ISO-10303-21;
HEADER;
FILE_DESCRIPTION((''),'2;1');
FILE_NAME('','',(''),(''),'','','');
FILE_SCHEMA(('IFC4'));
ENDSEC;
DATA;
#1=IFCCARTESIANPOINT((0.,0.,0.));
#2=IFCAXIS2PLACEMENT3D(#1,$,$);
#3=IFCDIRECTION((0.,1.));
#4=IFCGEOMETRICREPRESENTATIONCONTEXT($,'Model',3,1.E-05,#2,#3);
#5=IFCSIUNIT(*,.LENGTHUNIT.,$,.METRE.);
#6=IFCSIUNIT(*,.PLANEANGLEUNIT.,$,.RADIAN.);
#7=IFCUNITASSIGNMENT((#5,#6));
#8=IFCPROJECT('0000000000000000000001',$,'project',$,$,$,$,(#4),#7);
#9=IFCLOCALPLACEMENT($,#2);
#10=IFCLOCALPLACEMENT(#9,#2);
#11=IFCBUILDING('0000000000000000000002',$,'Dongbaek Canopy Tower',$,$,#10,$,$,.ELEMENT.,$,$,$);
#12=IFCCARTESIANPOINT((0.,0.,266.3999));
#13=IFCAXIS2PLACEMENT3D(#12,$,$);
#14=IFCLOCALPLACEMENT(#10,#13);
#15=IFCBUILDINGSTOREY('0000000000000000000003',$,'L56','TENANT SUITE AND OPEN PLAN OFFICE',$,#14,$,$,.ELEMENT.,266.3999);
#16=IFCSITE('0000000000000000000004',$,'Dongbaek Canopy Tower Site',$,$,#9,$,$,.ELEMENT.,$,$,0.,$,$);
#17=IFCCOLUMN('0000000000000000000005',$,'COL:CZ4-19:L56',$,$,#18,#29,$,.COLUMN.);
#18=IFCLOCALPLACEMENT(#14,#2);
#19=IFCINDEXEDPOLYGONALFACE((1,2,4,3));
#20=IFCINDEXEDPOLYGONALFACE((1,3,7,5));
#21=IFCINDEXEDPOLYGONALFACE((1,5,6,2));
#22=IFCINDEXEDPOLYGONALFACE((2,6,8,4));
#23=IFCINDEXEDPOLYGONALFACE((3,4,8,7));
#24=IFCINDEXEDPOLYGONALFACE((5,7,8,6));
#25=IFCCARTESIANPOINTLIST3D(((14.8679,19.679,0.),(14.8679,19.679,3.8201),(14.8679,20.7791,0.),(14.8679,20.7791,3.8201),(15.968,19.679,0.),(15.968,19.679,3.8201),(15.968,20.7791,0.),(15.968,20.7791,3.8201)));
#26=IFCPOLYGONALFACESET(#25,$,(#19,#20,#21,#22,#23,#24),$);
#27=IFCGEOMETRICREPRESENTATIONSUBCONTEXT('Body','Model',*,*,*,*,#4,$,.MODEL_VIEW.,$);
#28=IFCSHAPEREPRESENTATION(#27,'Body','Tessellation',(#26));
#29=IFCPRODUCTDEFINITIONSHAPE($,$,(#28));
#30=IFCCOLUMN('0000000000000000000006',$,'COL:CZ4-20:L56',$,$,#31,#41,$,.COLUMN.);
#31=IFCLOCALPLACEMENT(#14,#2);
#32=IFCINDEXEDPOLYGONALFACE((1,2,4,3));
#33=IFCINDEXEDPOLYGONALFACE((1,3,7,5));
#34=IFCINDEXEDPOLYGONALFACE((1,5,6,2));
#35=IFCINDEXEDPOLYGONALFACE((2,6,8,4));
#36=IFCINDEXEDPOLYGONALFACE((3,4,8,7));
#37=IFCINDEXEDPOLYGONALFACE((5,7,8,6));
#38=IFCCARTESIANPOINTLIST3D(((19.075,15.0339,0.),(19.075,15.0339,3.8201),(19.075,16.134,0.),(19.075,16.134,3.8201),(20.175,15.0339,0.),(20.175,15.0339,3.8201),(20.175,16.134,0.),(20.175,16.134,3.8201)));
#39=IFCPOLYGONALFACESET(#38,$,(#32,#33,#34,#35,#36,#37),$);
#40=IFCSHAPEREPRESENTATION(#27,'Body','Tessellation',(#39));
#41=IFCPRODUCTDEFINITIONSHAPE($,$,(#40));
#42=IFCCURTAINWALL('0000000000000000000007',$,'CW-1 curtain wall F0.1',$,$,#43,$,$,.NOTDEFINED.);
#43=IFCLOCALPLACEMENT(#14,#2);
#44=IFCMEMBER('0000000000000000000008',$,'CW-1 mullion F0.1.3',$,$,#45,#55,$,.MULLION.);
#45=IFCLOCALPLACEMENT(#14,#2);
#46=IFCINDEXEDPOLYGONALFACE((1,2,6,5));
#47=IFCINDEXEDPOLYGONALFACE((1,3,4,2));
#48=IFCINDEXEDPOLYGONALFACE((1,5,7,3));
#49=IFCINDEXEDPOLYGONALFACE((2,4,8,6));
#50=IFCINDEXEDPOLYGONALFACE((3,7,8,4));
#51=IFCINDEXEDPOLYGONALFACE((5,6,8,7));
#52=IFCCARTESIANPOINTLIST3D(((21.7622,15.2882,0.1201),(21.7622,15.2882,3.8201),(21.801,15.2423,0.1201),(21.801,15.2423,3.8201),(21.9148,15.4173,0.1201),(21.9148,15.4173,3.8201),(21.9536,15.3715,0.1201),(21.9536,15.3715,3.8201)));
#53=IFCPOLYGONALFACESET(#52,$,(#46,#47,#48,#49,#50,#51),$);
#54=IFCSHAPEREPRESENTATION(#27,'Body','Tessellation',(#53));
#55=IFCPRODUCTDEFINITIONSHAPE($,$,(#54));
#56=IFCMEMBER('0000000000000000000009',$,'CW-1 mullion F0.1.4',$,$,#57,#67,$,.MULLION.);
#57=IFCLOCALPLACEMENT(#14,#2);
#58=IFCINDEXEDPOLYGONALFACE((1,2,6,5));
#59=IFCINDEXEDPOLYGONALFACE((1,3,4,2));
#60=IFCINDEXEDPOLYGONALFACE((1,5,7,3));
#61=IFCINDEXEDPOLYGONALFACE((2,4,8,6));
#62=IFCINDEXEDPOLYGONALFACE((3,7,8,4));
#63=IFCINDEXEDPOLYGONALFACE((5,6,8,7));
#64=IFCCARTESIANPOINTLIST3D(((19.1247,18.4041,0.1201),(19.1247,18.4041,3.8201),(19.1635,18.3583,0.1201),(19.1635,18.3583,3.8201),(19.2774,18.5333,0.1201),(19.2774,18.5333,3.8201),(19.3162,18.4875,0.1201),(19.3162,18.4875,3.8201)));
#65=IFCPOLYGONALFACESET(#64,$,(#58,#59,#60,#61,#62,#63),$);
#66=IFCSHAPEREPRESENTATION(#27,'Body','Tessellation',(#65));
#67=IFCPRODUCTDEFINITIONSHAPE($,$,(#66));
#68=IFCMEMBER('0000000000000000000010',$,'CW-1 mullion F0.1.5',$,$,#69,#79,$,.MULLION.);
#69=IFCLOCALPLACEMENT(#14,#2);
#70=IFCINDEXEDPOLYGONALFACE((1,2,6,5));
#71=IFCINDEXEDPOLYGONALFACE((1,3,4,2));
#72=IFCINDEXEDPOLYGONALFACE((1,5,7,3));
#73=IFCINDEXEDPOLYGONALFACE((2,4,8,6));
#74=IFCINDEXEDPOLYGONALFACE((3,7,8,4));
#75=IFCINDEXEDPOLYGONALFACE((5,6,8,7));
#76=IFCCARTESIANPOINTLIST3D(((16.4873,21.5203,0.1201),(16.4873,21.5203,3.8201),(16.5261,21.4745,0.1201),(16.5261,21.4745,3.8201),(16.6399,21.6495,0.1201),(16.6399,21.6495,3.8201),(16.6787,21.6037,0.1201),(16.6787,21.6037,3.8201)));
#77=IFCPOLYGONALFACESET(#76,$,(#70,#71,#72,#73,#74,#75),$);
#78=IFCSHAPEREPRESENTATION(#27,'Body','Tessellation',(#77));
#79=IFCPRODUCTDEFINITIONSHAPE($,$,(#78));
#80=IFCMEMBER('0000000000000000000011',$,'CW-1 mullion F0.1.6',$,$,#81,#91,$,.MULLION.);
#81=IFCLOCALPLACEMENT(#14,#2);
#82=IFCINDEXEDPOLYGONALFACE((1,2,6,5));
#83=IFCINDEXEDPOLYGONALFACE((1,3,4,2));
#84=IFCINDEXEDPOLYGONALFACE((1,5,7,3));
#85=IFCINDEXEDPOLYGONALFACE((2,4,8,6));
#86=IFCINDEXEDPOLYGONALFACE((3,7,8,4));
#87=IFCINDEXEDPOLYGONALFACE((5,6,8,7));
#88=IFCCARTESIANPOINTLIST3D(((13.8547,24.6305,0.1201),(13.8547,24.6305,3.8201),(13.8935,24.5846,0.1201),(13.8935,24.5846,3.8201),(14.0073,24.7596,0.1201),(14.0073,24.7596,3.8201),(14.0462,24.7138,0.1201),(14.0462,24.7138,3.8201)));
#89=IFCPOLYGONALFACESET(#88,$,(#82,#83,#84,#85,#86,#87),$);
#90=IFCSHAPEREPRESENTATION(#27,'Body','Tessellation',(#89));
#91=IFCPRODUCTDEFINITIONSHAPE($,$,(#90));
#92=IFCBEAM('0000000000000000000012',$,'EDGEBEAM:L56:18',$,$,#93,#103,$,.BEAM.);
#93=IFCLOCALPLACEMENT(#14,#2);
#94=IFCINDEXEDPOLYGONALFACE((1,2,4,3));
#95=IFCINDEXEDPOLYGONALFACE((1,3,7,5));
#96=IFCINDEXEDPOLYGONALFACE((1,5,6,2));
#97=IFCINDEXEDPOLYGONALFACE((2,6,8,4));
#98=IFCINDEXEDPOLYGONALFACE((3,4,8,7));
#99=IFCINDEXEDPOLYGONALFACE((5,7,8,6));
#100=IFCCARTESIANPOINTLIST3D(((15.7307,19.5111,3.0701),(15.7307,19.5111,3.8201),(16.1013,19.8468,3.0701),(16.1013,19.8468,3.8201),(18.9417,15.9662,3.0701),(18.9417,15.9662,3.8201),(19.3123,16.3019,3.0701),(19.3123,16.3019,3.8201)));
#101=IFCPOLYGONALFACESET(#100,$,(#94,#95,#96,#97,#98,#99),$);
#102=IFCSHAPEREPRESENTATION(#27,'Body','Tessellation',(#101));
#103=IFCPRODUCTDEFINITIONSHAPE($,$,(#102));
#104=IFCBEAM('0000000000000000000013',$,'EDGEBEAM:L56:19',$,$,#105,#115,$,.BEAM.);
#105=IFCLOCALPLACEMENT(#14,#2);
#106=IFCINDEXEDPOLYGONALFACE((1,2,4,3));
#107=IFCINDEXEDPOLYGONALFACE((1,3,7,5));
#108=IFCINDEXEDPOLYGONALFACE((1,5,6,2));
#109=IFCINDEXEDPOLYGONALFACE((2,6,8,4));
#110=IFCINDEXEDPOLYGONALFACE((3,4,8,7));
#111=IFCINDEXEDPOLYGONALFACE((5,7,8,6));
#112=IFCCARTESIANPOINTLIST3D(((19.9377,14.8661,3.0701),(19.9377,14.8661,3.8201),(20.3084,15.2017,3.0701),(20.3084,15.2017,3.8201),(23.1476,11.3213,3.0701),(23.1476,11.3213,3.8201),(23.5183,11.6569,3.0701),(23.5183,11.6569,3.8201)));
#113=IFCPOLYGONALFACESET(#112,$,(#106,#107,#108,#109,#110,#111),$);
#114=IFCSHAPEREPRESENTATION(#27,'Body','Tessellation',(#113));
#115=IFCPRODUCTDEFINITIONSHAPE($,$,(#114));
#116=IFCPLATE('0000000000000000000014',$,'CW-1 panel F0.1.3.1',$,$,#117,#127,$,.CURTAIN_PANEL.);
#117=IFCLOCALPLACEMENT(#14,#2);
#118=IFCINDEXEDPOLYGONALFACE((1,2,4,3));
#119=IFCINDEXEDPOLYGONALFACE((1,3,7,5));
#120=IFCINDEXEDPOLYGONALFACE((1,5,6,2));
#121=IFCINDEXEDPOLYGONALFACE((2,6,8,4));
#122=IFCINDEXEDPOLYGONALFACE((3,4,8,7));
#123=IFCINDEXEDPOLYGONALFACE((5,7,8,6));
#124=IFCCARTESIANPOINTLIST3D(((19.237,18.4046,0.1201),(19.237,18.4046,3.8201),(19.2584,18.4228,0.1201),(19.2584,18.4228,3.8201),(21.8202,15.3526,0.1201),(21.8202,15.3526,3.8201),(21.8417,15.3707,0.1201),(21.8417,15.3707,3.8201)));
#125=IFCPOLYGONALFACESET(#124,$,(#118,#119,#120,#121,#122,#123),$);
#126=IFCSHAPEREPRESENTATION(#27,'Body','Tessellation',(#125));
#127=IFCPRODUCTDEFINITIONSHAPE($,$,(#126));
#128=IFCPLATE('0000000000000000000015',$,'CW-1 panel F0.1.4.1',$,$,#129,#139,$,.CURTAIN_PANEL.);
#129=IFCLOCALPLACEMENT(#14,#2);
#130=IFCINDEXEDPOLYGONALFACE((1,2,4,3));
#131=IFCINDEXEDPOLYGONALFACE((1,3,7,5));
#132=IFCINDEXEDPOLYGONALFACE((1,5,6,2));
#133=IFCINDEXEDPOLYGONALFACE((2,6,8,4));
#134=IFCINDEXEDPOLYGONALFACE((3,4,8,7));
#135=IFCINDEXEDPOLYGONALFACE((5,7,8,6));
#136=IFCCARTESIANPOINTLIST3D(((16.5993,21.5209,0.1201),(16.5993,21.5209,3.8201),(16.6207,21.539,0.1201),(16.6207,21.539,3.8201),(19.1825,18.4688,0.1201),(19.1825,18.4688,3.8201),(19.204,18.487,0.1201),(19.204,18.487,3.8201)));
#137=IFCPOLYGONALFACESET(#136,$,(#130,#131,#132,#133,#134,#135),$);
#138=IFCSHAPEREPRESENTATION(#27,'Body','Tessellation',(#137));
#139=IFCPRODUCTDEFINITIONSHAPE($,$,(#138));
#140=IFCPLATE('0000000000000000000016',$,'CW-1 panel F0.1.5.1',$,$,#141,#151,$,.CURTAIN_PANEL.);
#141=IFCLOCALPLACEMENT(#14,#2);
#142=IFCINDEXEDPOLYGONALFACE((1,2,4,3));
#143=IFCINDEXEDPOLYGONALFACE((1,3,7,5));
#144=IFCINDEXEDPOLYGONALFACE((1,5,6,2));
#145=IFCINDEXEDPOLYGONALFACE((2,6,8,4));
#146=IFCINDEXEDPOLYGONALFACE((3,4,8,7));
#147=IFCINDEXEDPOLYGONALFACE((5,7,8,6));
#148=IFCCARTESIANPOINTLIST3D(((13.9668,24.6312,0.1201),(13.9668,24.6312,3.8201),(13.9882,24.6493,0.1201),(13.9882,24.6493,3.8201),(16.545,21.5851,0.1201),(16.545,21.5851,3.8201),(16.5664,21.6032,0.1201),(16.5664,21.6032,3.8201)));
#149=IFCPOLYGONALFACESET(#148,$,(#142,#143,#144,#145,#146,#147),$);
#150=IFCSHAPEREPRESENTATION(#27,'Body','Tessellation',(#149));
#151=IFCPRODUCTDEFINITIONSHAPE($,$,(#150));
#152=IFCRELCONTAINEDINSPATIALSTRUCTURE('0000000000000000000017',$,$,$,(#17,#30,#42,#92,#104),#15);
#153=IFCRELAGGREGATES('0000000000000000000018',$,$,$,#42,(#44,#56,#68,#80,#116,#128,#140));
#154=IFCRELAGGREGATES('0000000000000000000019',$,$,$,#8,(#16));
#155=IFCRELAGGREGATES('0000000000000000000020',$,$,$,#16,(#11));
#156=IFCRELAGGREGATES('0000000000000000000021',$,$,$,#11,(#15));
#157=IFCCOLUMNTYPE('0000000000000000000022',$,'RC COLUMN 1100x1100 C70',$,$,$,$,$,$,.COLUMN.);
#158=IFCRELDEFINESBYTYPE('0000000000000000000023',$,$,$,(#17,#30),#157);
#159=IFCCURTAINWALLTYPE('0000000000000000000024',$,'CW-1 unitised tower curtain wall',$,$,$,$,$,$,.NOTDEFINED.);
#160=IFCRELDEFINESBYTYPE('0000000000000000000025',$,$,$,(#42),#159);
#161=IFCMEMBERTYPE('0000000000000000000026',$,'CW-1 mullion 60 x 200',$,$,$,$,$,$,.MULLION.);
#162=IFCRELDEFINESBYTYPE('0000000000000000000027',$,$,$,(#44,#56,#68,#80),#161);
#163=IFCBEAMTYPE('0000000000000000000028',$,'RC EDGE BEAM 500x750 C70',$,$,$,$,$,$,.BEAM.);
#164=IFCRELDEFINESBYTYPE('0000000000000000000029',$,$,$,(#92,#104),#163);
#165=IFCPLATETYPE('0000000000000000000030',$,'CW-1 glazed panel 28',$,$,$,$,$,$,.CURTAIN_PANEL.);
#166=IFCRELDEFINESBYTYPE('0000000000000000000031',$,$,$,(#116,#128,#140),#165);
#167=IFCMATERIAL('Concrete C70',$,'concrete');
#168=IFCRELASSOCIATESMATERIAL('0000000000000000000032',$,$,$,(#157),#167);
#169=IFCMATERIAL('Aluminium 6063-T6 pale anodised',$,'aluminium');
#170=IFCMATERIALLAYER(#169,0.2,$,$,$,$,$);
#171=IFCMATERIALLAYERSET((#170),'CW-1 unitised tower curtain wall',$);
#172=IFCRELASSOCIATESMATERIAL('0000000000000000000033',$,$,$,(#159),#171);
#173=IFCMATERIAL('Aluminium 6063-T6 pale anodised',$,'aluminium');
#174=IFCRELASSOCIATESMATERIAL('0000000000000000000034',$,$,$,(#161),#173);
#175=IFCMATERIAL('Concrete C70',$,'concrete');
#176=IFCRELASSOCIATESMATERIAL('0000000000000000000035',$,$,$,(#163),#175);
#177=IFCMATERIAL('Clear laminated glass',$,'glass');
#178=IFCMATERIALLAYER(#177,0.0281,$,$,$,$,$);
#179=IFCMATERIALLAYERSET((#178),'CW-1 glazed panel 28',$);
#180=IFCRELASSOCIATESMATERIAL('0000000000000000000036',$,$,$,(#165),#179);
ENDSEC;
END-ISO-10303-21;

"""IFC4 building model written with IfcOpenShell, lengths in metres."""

from ifc_helpers import new_model, si_unit, direction, frame, origin, origin_2d, place, context, subcontext, project, spatial, rectangle, extrude, material, layer, layer_set, material_profile, profile_set, type_object, element, aggregate, save


model = new_model("IFC4")

# Units and contexts
model_context = context("Model", 3, precision=1e-05, world=origin(), true_north=direction((0.0, 1.0)))
body_context = subcontext(model_context, "Body", "Model", "MODEL_VIEW")
ifc_project = project(units=[si_unit("LENGTHUNIT", "METRE"), si_unit("PLANEANGLEUNIT", "RADIAN")], contexts=[model_context])

# Site, building, storey
site_placement = place(None, origin())
site = spatial("IfcSite", under=ifc_project, at=site_placement, Name="Dongbaek Canopy Tower Site", CompositionType="ELEMENT", RefElevation=0.0)
building_placement = place(site_placement, origin())
building = spatial("IfcBuilding", under=site, at=building_placement, Name="Dongbaek Canopy Tower", CompositionType="ELEMENT")
storey_placement = place(building_placement, frame((0.0, 0.0, 266.3999)))
storey = spatial("IfcBuildingStorey", under=building, at=storey_placement, Name="L56", Description="TENANT SUITE AND OPEN PLAN OFFICE", CompositionType="ELEMENT", Elevation=266.3999)

# Columns
ifc_material_1 = material(Name="Concrete C70", Category="concrete")
ifc_material_profile_1 = material_profile(ifc_material_1, rectangle(XDim=1.1001, YDim=1.1001, at=origin_2d()), Name="RC COLUMN 1100x1100 C70")
ifc_profile_set_1 = profile_set([ifc_material_profile_1], Name="Concrete C70")
column_type = type_object("IfcColumnType", Name="RC COLUMN 1100x1100 C70", PredefinedType="COLUMN", material=ifc_profile_set_1)
for number, where, z_axis, x_axis, name in (
    (1, (15.418, 20.229, 0.0), (0.0, 0.0, 1.0), (1.0, 0.0, 0.0), "COL:CZ4-19:L56"),
    (2, (19.625, 15.584, 0.0), (0.0, 0.0, 1.0), (1.0, 0.0, 0.0), "COL:CZ4-20:L56"),
):
    element("IfcColumn", number, at=place(storey_placement, frame(where, z_axis=z_axis, x_axis=x_axis)), inside=storey, type_object=column_type, Name=name, PredefinedType="COLUMN", context=body_context, shape_type="SweptSolid", body=[
        extrude(rectangle(XDim=1.1001, YDim=1.1001, at=origin_2d()), origin(), (0.0, 0.0, 1.0), 3.8201),
    ])

# Curtain wall, members
ifc_material_2 = material(Name="Aluminium 6063-T6 pale anodised", Category="aluminium")
ifc_layer_1 = layer(ifc_material_2, 0.2)
ifc_layer_set_1 = layer_set([ifc_layer_1], Name="CW-1 unitised tower curtain wall")
curtain_wall_type = type_object("IfcCurtainWallType", Name="CW-1 unitised tower curtain wall", PredefinedType="NOTDEFINED", material=ifc_layer_set_1)
curtain_wall_1_placement = place(storey_placement, origin())
curtain_wall_1 = element("IfcCurtainWall", 3, at=curtain_wall_1_placement, inside=storey, type_object=curtain_wall_type, Name="CW-1 curtain wall F0.1", PredefinedType="NOTDEFINED")
ifc_material_3 = material(Name="Aluminium 6063-T6 pale anodised", Category="aluminium")
ifc_material_profile_2 = material_profile(ifc_material_3, rectangle(XDim=0.2, YDim=0.0601, at=origin_2d()), Name="CW-1 mullion 60 x 200")
ifc_profile_set_2 = profile_set([ifc_material_profile_2], Name="Aluminium 6063-T6 pale anodised")
member_type = type_object("IfcMemberType", Name="CW-1 mullion 60 x 200", PredefinedType="MULLION", material=ifc_profile_set_2)
member_1_placement = place(storey_placement, frame((21.8579, 15.3298, 0.1201), z_axis=(0.0, 0.0, 1.0), x_axis=(0.763291, 0.646055, 0.0)))
member_1 = element("IfcMember", 4, at=member_1_placement, type_object=member_type, Name="CW-1 mullion F0.1.3", PredefinedType="MULLION", context=body_context, shape_type="SweptSolid", body=[
    extrude(rectangle(XDim=0.2, YDim=0.0601, at=origin_2d()), origin(), (0.0, 0.0, 1.0), 3.7),
])
member_2_placement = place(storey_placement, frame((19.2205, 18.4458, 0.1201), z_axis=(0.0, 0.0, 1.0), x_axis=(0.763291, 0.646055, 0.0)))
member_2 = element("IfcMember", 5, at=member_2_placement, type_object=member_type, Name="CW-1 mullion F0.1.4", PredefinedType="MULLION", context=body_context, shape_type="SweptSolid", body=[
    extrude(rectangle(XDim=0.2, YDim=0.0601, at=origin_2d()), origin(), (0.0, 0.0, 1.0), 3.7),
])
member_3_placement = place(storey_placement, frame((16.583, 21.562, 0.1201), z_axis=(0.0, 0.0, 1.0), x_axis=(0.763291, 0.646055, 0.0)))
member_3 = element("IfcMember", 6, at=member_3_placement, type_object=member_type, Name="CW-1 mullion F0.1.5", PredefinedType="MULLION", context=body_context, shape_type="SweptSolid", body=[
    extrude(rectangle(XDim=0.2, YDim=0.0601, at=origin_2d()), origin(), (0.0, 0.0, 1.0), 3.7),
])
member_4_placement = place(storey_placement, frame((13.9504, 24.6721, 0.1201), z_axis=(0.0, 0.0, 1.0), x_axis=(0.763291, 0.646055, 0.0)))
member_4 = element("IfcMember", 7, at=member_4_placement, type_object=member_type, Name="CW-1 mullion F0.1.6", PredefinedType="MULLION", context=body_context, shape_type="SweptSolid", body=[
    extrude(rectangle(XDim=0.2, YDim=0.0601, at=origin_2d()), origin(), (0.0, 0.0, 1.0), 3.7),
])

# Beams
ifc_material_4 = material(Name="Concrete C70", Category="concrete")
ifc_material_profile_3 = material_profile(ifc_material_4, rectangle(XDim=0.5, YDim=0.75, at=origin_2d()), Name="RC EDGE BEAM 500x750 C70")
ifc_profile_set_3 = profile_set([ifc_material_profile_3], Name="Concrete C70")
beam_type = type_object("IfcBeamType", Name="RC EDGE BEAM 500x750 C70", PredefinedType="BEAM", material=ifc_profile_set_3)
beam_1_placement = place(storey_placement, frame((15.916, 19.679, 3.4451), z_axis=(0.67133, -0.741158, 0.0), x_axis=(0.741158, 0.67133, 0.0)))
element("IfcBeam", 8, at=beam_1_placement, inside=storey, type_object=beam_type, Name="EDGEBEAM:L56:18", PredefinedType="BEAM", context=body_context, shape_type="SweptSolid", body=[
    extrude(rectangle(XDim=0.5, YDim=0.75, at=origin_2d()), origin(), (0.0, 0.0, 1.0), 4.783),
])
beam_2_placement = place(storey_placement, frame((20.123, 15.0339, 3.4451), z_axis=(0.671218, -0.74126, 0.0), x_axis=(0.74126, 0.671218, 0.0)))
element("IfcBeam", 9, at=beam_2_placement, inside=storey, type_object=beam_type, Name="EDGEBEAM:L56:19", PredefinedType="BEAM", context=body_context, shape_type="SweptSolid", body=[
    extrude(rectangle(XDim=0.5, YDim=0.75, at=origin_2d()), origin(), (0.0, 0.0, 1.0), 4.7822),
])

# Plates
ifc_material_5 = material(Name="Clear laminated glass", Category="glass")
ifc_layer_2 = layer(ifc_material_5, 0.0281)
ifc_layer_set_2 = layer_set([ifc_layer_2], Name="CW-1 glazed panel 28")
plate_type = type_object("IfcPlateType", Name="CW-1 glazed panel 28", PredefinedType="CURTAIN_PANEL", material=ifc_layer_set_2)
plate_1_placement = place(storey_placement, frame((20.5393, 16.8877, 0.1201), z_axis=(0.0, 0.0, 1.0), x_axis=(-0.646055, 0.763291, 0.0)))
plate_1 = element("IfcPlate", 10, at=plate_1_placement, type_object=plate_type, Name="CW-1 panel F0.1.3.1", PredefinedType="CURTAIN_PANEL", context=body_context, shape_type="SweptSolid", body=[
    extrude(rectangle(XDim=3.9985, YDim=0.0281, at=origin_2d()), origin(), (0.0, 0.0, 1.0), 3.7),
])
plate_2_placement = place(storey_placement, frame((17.9016, 20.0039, 0.1201), z_axis=(0.0, 0.0, 1.0), x_axis=(-0.646055, 0.763291, 0.0)))
plate_2 = element("IfcPlate", 11, at=plate_2_placement, type_object=plate_type, Name="CW-1 panel F0.1.4.1", PredefinedType="CURTAIN_PANEL", context=body_context, shape_type="SweptSolid", body=[
    extrude(rectangle(XDim=3.9985, YDim=0.0281, at=origin_2d()), origin(), (0.0, 0.0, 1.0), 3.7),
])
plate_3_placement = place(storey_placement, frame((15.2666, 23.1172, 0.1201), z_axis=(0.0, 0.0, 1.0), x_axis=(-0.646055, 0.763291, 0.0)))
plate_3 = element("IfcPlate", 12, at=plate_3_placement, type_object=plate_type, Name="CW-1 panel F0.1.5.1", PredefinedType="CURTAIN_PANEL", context=body_context, shape_type="SweptSolid", body=[
    extrude(rectangle(XDim=3.9907, YDim=0.0281, at=origin_2d()), origin(), (0.0, 0.0, 1.0), 3.7),
])

aggregate(curtain_wall_1, [member_1, member_2, member_3, member_4, plate_1, plate_2, plate_3])

save(model, "model.ifc")
